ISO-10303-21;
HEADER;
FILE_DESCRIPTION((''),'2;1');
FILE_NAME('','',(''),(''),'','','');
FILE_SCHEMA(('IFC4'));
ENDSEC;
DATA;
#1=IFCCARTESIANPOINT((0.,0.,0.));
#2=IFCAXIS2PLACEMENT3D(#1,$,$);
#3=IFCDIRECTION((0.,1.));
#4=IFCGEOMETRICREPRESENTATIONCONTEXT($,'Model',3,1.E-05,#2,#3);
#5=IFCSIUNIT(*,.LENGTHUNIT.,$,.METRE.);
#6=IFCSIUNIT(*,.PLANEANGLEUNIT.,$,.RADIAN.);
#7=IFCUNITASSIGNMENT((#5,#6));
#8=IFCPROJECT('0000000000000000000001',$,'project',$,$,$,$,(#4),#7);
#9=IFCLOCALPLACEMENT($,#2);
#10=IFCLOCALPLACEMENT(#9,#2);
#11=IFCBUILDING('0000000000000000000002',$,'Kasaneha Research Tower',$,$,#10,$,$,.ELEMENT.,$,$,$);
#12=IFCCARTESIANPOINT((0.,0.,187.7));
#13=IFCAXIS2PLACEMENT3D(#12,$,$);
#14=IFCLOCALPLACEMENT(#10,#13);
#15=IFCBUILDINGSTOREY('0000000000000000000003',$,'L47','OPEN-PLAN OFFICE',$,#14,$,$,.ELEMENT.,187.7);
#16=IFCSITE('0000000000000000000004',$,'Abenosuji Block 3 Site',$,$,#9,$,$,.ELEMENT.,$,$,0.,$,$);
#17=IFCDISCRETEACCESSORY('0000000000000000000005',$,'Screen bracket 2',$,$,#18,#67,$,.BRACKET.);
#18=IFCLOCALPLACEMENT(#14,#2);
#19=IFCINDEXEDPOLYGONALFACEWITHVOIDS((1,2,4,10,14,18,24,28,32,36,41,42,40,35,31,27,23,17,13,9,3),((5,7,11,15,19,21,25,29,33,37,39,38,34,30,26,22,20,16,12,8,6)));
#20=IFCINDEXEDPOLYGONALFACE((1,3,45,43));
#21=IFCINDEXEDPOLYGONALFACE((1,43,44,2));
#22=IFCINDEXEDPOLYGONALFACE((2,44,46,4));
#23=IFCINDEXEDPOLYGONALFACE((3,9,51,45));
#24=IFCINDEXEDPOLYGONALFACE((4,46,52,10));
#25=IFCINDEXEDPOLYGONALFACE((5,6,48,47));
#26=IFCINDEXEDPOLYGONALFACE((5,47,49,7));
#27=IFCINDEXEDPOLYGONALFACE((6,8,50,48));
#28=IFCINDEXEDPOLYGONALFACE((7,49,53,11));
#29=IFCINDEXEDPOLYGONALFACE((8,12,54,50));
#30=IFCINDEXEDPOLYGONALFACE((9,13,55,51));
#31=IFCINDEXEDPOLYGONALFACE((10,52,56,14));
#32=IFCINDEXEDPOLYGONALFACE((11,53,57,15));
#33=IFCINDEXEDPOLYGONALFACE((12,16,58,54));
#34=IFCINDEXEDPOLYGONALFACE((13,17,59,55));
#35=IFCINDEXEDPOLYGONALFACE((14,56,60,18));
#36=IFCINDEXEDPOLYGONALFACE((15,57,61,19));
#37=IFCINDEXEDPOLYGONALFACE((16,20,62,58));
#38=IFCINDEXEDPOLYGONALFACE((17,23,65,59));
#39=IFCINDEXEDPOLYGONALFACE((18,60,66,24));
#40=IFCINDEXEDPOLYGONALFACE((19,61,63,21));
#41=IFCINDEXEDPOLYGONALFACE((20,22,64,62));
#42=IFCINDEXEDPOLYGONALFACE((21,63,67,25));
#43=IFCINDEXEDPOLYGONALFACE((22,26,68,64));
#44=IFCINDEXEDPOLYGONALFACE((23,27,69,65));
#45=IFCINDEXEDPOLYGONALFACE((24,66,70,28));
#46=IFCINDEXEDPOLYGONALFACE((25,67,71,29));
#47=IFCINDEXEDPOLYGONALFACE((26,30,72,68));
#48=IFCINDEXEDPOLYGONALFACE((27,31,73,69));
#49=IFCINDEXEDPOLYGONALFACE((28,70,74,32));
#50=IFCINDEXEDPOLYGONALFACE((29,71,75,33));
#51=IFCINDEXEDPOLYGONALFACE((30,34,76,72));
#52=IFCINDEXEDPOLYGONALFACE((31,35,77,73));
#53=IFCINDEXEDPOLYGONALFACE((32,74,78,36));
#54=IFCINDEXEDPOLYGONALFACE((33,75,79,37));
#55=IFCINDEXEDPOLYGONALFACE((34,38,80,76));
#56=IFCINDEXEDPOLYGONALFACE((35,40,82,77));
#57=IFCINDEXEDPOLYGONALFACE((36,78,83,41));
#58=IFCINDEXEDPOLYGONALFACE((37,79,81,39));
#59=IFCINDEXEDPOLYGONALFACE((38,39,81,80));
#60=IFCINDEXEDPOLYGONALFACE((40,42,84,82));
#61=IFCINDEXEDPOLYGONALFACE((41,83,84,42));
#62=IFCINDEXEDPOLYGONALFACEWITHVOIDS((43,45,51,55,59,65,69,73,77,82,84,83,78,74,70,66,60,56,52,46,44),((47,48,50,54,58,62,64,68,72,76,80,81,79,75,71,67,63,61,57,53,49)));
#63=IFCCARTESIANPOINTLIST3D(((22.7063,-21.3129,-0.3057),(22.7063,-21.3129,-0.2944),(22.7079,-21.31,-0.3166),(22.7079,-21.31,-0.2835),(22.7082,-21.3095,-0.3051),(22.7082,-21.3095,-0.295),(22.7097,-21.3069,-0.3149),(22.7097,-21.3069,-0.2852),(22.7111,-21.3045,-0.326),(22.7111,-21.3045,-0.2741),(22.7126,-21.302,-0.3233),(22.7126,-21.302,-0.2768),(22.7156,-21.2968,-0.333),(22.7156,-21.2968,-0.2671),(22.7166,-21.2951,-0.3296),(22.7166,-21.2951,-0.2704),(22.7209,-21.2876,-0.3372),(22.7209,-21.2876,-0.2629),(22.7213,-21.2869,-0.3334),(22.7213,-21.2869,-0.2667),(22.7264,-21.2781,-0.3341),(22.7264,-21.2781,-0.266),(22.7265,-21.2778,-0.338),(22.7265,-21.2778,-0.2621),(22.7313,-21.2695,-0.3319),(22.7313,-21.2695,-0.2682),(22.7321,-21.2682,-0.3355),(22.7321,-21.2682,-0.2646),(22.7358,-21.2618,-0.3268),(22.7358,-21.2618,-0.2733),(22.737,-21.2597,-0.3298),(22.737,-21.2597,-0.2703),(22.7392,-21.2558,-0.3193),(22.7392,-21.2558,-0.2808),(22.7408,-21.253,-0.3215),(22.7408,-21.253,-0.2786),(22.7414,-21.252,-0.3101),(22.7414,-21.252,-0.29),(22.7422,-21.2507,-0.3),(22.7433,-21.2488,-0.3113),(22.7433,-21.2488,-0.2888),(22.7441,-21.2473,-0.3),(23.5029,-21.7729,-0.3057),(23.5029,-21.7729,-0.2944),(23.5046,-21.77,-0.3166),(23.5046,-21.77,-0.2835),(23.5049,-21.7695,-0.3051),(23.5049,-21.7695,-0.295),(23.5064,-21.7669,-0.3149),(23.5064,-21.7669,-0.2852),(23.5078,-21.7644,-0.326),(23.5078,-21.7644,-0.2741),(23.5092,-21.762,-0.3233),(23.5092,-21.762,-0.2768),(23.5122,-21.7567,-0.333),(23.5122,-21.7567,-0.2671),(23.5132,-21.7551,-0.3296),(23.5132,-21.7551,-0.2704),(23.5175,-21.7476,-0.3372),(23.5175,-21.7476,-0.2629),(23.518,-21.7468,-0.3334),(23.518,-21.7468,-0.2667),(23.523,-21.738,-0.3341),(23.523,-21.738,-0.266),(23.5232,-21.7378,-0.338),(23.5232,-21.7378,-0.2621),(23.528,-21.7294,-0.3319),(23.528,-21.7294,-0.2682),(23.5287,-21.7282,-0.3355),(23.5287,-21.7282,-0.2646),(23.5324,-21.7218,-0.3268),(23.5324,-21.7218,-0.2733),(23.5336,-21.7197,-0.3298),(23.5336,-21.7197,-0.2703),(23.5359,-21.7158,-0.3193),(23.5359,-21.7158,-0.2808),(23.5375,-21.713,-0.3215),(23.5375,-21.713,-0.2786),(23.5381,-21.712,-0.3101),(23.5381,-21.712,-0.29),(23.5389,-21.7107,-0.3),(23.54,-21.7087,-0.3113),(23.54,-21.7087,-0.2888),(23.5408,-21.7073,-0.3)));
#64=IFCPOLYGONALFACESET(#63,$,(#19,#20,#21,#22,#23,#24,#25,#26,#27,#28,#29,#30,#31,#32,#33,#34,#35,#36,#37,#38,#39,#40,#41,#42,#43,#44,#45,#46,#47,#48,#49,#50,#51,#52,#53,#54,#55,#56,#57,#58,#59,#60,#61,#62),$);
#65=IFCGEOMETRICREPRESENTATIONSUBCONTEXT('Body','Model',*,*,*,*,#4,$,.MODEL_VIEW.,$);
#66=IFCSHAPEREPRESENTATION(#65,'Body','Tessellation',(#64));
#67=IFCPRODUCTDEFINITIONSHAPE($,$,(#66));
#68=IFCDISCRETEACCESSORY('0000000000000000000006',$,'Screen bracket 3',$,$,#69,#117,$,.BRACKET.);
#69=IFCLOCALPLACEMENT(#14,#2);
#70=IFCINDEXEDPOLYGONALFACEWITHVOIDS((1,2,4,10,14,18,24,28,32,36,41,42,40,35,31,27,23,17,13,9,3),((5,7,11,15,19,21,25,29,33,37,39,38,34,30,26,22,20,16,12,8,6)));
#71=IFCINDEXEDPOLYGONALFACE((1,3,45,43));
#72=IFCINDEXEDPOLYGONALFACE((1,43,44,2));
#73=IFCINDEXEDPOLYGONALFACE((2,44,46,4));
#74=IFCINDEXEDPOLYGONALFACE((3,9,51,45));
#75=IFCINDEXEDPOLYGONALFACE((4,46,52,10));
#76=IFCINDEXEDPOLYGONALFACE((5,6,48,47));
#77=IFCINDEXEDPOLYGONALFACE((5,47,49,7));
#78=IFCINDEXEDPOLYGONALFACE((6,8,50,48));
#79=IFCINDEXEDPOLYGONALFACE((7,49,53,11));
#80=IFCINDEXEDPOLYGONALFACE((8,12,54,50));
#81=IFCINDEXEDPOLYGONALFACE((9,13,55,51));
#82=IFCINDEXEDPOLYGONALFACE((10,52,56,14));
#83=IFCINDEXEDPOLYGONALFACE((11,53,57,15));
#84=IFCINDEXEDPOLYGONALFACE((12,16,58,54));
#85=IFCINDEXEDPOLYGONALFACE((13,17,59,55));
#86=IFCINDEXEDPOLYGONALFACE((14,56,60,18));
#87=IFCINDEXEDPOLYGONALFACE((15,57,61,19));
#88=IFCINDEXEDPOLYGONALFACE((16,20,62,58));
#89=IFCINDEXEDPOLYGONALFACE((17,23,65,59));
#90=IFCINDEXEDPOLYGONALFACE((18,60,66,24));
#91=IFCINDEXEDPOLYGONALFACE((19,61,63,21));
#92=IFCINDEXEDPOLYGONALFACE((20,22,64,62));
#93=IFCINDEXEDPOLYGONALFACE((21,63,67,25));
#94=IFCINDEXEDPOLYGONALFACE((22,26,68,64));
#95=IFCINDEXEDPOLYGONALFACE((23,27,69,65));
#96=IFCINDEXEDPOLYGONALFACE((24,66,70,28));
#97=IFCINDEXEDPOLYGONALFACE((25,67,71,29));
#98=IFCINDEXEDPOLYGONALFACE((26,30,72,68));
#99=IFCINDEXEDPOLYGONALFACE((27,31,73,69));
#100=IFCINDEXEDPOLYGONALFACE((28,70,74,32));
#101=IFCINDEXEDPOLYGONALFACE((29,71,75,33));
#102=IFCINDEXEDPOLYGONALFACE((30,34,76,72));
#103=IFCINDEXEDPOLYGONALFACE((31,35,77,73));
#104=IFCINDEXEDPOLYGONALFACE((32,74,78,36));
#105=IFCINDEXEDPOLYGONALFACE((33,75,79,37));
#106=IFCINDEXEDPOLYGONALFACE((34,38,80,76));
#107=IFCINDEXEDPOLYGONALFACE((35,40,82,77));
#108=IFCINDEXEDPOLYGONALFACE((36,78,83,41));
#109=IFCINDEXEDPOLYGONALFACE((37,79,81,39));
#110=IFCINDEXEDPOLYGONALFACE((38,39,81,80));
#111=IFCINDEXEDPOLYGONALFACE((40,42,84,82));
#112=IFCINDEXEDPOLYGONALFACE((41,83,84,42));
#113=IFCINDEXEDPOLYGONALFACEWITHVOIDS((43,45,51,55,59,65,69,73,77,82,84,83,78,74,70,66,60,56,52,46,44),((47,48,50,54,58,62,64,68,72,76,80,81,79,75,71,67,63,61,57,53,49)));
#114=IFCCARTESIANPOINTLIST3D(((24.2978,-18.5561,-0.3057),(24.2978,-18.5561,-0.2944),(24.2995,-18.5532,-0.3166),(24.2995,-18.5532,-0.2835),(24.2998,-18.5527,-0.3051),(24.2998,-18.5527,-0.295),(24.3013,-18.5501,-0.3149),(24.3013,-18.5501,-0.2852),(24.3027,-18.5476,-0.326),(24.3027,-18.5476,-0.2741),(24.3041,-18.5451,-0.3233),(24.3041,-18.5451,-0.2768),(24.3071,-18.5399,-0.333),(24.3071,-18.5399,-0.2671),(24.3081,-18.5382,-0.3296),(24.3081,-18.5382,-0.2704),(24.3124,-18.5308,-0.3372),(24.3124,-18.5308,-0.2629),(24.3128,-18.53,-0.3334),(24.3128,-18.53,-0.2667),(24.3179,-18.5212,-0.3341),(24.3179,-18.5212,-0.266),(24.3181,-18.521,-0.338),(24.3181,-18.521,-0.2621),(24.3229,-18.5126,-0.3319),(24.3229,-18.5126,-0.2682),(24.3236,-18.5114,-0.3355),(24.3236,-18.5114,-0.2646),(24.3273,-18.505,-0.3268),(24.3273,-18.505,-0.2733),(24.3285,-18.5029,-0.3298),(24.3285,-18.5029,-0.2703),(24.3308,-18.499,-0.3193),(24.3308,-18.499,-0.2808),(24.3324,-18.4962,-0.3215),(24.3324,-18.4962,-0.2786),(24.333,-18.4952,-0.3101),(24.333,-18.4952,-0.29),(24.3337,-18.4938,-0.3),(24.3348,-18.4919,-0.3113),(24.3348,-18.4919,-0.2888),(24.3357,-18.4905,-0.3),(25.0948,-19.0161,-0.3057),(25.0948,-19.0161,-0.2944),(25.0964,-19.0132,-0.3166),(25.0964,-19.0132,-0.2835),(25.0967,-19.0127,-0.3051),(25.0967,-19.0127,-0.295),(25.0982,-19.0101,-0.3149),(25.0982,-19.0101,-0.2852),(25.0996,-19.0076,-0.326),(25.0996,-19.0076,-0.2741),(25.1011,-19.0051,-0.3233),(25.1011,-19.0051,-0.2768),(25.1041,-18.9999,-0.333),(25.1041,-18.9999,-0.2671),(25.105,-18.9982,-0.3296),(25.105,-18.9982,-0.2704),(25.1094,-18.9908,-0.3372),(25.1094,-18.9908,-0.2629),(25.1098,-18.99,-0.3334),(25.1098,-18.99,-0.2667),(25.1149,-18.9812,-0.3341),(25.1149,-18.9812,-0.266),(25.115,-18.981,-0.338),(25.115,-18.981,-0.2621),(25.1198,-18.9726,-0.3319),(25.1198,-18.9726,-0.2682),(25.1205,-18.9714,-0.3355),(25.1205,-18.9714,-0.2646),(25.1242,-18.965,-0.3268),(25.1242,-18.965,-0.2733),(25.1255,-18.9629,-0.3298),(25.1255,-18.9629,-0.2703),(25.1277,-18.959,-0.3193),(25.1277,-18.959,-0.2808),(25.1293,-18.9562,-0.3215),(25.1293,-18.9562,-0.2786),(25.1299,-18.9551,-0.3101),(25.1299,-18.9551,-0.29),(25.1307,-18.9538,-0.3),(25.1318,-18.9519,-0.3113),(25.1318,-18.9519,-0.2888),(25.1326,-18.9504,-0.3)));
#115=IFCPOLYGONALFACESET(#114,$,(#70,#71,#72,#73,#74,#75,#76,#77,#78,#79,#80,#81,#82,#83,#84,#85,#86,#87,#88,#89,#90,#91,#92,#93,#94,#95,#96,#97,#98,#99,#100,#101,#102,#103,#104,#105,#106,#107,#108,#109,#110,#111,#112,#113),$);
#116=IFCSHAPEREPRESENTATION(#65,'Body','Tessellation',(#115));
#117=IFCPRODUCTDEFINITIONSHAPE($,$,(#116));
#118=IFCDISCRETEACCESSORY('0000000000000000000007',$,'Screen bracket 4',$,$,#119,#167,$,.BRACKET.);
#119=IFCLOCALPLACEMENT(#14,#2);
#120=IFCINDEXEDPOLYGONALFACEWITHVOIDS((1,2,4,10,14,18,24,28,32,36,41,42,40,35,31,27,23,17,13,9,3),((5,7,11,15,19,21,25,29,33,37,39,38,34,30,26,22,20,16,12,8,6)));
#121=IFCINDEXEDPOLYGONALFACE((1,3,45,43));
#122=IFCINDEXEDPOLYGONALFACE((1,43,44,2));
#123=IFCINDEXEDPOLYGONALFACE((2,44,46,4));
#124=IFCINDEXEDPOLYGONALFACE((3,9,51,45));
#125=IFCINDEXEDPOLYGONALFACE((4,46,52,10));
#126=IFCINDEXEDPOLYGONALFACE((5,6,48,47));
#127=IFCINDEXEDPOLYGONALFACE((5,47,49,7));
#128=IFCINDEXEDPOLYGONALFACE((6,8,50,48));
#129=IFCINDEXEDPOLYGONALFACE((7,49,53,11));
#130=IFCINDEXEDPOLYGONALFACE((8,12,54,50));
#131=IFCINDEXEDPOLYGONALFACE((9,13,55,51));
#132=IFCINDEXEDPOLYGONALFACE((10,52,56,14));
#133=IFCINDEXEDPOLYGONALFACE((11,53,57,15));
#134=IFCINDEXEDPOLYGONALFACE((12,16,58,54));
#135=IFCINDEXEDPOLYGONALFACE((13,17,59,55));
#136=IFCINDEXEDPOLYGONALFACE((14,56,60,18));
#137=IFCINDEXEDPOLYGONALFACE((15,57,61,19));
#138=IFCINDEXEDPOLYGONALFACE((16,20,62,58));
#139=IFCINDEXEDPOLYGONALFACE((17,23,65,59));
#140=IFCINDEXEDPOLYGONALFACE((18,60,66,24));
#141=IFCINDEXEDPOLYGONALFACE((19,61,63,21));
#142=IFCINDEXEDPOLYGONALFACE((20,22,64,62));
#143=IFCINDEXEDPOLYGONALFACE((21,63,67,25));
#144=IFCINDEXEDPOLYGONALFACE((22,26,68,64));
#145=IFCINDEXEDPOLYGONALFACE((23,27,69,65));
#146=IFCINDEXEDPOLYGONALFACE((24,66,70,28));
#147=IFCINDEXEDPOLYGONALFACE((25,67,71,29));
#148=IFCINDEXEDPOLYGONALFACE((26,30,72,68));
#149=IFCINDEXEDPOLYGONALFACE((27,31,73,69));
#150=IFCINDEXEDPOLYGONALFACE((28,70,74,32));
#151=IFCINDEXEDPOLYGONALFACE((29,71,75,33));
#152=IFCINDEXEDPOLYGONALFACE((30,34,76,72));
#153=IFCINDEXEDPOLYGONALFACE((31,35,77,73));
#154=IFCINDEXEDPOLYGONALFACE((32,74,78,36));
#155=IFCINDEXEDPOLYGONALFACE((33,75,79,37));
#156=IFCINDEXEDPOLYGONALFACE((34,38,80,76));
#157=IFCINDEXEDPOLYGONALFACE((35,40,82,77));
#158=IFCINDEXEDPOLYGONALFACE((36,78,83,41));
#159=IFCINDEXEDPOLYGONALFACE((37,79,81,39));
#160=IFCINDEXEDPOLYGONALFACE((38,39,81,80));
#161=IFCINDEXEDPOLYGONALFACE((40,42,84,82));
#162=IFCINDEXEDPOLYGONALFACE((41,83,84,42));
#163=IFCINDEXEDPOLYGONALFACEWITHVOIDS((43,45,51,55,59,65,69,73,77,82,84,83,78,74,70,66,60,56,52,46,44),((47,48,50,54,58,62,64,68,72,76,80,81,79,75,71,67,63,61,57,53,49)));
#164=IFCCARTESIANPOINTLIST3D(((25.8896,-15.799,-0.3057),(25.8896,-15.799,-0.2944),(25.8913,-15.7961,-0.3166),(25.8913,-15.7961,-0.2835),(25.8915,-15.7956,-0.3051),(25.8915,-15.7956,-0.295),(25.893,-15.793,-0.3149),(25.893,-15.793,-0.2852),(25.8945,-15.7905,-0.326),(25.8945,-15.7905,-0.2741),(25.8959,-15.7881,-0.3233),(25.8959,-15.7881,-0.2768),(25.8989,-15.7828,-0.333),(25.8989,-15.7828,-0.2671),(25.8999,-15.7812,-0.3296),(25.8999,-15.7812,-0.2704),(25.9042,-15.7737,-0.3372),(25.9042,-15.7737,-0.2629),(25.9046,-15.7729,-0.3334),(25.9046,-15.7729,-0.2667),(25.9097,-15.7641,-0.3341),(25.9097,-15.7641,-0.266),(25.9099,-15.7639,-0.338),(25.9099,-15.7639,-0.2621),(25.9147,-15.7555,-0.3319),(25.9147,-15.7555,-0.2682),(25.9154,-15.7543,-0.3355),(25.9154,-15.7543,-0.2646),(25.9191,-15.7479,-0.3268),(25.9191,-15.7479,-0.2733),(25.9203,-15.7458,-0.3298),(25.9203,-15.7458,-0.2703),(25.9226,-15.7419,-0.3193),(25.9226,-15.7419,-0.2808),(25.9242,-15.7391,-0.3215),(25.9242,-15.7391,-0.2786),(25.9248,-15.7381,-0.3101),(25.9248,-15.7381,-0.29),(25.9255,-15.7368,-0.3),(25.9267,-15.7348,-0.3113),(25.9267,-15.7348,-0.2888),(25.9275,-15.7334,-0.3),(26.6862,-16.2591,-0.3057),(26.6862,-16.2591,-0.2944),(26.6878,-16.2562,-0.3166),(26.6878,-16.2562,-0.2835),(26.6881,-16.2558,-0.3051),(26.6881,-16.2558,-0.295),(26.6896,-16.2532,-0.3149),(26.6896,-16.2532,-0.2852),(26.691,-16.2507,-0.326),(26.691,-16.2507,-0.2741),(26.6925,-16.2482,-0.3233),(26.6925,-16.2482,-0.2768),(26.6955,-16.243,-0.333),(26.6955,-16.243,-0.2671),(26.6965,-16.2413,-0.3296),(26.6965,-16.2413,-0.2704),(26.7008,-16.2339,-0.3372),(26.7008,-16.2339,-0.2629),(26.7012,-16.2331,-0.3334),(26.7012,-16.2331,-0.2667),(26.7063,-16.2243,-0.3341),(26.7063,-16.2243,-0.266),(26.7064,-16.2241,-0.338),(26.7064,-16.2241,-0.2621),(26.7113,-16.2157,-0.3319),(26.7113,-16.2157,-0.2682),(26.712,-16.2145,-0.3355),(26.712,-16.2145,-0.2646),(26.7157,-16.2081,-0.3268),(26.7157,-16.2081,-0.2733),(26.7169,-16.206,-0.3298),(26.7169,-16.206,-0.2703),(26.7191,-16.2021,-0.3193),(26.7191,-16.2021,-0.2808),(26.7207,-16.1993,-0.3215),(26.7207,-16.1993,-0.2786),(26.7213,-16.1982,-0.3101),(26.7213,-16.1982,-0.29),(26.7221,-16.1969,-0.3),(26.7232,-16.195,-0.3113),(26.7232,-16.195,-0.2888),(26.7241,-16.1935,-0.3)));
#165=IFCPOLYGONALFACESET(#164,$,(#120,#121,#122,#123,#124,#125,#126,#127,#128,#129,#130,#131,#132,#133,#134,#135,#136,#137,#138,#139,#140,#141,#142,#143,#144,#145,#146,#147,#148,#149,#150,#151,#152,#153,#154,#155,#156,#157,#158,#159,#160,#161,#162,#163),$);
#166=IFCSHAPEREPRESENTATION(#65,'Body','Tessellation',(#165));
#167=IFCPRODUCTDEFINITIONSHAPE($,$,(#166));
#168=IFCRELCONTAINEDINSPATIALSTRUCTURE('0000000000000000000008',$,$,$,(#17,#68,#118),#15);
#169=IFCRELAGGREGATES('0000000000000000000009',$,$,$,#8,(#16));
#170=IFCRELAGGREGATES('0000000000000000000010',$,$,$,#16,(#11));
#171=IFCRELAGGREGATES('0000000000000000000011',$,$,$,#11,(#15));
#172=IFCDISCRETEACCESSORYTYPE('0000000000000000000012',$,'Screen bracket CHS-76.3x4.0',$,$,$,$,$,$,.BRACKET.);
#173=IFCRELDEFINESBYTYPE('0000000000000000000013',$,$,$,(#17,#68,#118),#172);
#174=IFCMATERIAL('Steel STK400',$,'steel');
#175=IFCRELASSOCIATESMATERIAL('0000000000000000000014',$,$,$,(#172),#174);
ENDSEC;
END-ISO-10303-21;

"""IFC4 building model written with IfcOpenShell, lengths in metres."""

from ifc_helpers import new_model, si_unit, direction, frame, origin, origin_2d, place, context, subcontext, project, spatial, hollow_circle, extrude, material, material_profile, profile_set, type_object, element, save


model = new_model("IFC4")

# Units and contexts
model_context = context("Model", 3, precision=1e-05, world=origin(), true_north=direction((0.0, 1.0)))
body_context = subcontext(model_context, "Body", "Model", "MODEL_VIEW")
ifc_project = project(units=[si_unit("LENGTHUNIT", "METRE"), si_unit("PLANEANGLEUNIT", "RADIAN")], contexts=[model_context])

# Site, building, storey
site_placement = place(None, origin())
site = spatial("IfcSite", under=ifc_project, at=site_placement, Name="Abenosuji Block 3 Site", CompositionType="ELEMENT", RefElevation=0.0)
building_placement = place(site_placement, origin())
building = spatial("IfcBuilding", under=site, at=building_placement, Name="Kasaneha Research Tower", CompositionType="ELEMENT")
storey_placement = place(building_placement, frame((0.0, 0.0, 187.7)))
storey = spatial("IfcBuildingStorey", under=building, at=storey_placement, Name="L47", Description="OPEN-PLAN OFFICE", CompositionType="ELEMENT", Elevation=187.7)

# Discrete accessories
ifc_material_1 = material(Name="Steel STK400", Category="steel")
ifc_material_profile_1 = material_profile(ifc_material_1, hollow_circle(Radius=0.0381, WallThickness=0.0039, at=origin_2d()), Name="CHS-76.3x4.0")
ifc_profile_set_1 = profile_set([ifc_material_profile_1], Name="Steel STK400")
discrete_accessory_type = type_object("IfcDiscreteAccessoryType", Name="Screen bracket CHS-76.3x4.0", PredefinedType="BRACKET", material=ifc_profile_set_1)
discrete_accessory_1_placement = place(storey_placement, frame((22.7251, -21.2803, -0.3), z_axis=(0.866013, -0.500021, 0.0), x_axis=(0.500021, 0.866013, 0.0)))
element("IfcDiscreteAccessory", 1, at=discrete_accessory_1_placement, inside=storey, type_object=discrete_accessory_type, Name="Screen bracket 2", PredefinedType="BRACKET", context=body_context, shape_type="SweptSolid", body=[
    extrude(hollow_circle(Radius=0.0381, WallThickness=0.0039, at=origin_2d()), origin(), (0.0, 0.0, 1.0), 0.9199),
])
discrete_accessory_2_placement = place(storey_placement, frame((24.3167, -18.5234, -0.3), z_axis=(0.86608, -0.499906, 0.0), x_axis=(0.499906, 0.86608, 0.0)))
element("IfcDiscreteAccessory", 2, at=discrete_accessory_2_placement, inside=storey, type_object=discrete_accessory_type, Name="Screen bracket 3", PredefinedType="BRACKET", context=body_context, shape_type="SweptSolid", body=[
    extrude(hollow_circle(Radius=0.0381, WallThickness=0.0039, at=origin_2d()), origin(), (0.0, 0.0, 1.0), 0.9202),
])
for number, where, z_axis, x_axis, name in (
    (3, (25.9084, -15.7664, -0.3), (0.865898, -0.50022, 0.0), (0.50022, 0.865898, 0.0), "Screen bracket 4"),
):
    element("IfcDiscreteAccessory", number, at=place(storey_placement, frame(where, z_axis=z_axis, x_axis=x_axis)), inside=storey, type_object=discrete_accessory_type, Name=name, PredefinedType="BRACKET", context=body_context, shape_type="SweptSolid", body=[
        extrude(hollow_circle(Radius=0.0381, WallThickness=0.0039, at=origin_2d()), origin(), (0.0, 0.0, 1.0), 0.9199),
    ])

save(model, "model.ifc")
